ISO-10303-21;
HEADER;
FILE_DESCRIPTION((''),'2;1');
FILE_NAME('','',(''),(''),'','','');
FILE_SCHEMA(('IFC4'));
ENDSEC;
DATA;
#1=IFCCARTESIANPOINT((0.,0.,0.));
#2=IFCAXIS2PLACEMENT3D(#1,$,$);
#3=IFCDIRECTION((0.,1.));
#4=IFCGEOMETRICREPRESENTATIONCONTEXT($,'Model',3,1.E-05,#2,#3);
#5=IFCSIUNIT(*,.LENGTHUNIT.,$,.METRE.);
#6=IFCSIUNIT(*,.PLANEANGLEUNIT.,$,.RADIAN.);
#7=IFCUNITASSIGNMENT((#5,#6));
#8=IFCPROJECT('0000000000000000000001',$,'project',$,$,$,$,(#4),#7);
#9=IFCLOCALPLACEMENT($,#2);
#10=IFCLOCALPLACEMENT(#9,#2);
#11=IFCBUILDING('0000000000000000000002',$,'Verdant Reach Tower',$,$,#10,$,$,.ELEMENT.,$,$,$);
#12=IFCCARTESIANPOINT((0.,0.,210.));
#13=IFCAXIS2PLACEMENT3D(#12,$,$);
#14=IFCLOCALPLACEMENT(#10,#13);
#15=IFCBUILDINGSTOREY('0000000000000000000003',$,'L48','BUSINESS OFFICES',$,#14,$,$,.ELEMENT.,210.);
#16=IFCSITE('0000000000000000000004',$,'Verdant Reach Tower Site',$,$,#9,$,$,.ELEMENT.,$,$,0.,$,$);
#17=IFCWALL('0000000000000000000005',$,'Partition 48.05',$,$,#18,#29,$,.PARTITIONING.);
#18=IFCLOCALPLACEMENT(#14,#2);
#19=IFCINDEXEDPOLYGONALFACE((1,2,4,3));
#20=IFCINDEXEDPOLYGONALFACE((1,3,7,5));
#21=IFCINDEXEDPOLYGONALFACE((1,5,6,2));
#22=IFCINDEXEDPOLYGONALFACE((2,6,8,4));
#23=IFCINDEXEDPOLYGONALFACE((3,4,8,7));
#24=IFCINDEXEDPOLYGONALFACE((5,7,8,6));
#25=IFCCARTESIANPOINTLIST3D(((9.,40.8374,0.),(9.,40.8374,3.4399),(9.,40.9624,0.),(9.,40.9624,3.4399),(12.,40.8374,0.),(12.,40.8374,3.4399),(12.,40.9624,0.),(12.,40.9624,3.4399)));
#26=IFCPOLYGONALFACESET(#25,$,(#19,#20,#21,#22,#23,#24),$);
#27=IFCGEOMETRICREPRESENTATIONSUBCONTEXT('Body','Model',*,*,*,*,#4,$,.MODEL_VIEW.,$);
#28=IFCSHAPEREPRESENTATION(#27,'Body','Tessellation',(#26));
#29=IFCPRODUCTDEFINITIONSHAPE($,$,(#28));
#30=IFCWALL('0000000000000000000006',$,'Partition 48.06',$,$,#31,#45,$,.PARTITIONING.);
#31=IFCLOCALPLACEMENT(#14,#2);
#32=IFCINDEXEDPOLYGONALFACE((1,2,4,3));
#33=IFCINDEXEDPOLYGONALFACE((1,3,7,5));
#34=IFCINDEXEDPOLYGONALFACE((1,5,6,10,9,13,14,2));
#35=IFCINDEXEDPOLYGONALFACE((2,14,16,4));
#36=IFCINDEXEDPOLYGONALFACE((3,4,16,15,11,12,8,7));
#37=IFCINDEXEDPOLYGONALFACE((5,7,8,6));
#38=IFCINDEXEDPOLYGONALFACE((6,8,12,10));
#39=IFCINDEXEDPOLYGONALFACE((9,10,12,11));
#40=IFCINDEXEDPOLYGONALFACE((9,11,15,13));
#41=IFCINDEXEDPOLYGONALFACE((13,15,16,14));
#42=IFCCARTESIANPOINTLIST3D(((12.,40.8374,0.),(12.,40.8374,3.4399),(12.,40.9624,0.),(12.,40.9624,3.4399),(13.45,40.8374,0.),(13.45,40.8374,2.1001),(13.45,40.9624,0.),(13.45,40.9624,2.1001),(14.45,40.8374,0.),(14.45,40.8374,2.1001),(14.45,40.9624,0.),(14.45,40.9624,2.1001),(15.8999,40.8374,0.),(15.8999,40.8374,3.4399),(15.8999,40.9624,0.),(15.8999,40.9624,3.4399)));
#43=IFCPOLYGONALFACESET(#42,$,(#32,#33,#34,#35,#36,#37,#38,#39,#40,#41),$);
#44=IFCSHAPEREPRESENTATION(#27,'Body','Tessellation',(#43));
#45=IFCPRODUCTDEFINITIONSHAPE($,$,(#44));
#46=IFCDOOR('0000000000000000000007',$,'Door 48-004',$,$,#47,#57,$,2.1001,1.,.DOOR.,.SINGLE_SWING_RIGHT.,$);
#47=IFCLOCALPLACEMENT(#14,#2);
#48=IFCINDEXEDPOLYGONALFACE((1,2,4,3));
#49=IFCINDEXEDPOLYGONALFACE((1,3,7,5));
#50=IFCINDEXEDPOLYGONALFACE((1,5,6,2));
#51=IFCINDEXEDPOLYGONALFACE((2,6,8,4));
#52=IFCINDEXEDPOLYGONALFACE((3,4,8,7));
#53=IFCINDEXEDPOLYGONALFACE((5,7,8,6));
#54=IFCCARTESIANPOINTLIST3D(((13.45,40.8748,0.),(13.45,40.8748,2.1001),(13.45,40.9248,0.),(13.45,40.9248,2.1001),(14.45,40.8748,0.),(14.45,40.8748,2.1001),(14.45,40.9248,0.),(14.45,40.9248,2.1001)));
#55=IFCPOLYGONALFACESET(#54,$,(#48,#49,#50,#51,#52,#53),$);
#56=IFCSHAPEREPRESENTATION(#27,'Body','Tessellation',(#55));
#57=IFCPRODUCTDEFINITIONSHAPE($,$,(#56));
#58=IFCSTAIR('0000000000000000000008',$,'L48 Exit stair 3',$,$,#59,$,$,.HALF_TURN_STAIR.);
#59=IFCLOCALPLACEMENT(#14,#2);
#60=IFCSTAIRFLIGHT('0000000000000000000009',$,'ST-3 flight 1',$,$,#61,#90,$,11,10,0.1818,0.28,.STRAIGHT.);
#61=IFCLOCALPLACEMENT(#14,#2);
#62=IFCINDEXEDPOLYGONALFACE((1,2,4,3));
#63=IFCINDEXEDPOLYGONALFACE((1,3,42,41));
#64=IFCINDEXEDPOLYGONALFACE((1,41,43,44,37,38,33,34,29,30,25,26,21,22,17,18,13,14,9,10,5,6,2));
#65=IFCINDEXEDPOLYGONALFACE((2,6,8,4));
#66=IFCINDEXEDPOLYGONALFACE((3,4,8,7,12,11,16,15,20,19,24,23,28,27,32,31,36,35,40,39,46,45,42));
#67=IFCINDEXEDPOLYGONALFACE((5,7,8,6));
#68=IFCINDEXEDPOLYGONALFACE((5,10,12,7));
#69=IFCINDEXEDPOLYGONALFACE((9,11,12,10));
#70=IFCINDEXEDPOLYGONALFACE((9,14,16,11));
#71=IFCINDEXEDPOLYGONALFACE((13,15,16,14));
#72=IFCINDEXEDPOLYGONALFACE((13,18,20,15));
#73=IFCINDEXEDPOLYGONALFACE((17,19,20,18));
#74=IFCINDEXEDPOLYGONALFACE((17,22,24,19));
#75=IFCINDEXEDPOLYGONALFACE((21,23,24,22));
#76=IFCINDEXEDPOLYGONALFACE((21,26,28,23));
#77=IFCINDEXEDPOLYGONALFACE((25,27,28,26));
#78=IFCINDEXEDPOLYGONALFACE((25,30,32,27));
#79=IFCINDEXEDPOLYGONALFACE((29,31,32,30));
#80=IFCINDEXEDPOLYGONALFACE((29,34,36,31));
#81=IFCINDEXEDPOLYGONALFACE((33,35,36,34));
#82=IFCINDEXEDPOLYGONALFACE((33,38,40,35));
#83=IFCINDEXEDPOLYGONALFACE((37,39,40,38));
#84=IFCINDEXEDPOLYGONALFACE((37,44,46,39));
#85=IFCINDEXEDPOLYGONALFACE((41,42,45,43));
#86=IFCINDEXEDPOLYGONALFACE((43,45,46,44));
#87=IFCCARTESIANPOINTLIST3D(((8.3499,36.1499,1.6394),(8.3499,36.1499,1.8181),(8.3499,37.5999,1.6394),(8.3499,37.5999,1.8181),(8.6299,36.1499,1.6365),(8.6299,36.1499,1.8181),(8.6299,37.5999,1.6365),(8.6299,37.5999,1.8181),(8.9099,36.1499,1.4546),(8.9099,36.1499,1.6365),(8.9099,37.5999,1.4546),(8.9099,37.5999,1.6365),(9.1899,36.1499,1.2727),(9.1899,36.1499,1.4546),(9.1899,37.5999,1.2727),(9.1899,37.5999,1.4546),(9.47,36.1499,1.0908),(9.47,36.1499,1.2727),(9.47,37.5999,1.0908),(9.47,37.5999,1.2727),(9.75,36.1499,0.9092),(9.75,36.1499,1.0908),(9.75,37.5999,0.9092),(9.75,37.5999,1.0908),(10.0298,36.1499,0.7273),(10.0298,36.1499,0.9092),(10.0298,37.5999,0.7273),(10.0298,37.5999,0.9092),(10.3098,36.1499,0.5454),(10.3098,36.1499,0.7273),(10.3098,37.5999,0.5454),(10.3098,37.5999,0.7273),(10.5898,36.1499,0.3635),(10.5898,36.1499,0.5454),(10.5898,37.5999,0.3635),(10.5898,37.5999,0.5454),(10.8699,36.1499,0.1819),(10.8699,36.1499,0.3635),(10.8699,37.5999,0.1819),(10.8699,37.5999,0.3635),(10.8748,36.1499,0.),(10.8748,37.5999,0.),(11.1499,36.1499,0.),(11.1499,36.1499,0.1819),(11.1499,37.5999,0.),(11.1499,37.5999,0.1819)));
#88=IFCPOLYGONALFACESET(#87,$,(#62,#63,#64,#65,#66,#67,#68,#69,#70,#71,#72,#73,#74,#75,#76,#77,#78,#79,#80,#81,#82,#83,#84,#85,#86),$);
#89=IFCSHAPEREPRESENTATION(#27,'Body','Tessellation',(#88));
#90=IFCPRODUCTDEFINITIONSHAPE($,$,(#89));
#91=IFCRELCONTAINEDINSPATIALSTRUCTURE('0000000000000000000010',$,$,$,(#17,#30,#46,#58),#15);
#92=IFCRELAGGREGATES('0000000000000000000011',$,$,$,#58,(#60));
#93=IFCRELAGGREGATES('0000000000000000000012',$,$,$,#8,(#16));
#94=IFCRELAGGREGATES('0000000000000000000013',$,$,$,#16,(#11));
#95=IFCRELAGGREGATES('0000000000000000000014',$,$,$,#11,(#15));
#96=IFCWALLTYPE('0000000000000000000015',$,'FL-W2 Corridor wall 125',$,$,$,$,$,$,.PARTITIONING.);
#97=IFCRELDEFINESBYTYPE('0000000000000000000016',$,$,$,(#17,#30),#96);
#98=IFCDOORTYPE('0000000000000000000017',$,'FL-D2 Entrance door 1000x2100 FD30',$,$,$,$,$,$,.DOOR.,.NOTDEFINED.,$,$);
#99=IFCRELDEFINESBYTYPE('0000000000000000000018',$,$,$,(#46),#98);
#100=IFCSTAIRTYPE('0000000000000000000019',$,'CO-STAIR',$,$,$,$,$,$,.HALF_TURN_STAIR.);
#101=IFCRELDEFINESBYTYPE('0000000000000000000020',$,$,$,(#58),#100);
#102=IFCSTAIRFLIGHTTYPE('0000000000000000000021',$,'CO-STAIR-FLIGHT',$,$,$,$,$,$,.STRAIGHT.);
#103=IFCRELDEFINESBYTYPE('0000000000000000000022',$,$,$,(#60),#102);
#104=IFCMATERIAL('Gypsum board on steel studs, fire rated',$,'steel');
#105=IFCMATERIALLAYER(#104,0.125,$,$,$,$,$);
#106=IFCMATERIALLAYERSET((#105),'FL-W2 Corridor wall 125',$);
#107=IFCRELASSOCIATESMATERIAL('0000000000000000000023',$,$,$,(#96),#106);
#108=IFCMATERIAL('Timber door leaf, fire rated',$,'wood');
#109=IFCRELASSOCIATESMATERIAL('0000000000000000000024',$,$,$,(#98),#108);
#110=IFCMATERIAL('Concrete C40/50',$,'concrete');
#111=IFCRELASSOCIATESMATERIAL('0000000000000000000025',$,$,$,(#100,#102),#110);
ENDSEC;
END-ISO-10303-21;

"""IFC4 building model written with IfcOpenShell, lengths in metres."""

from ifc_helpers import new_model, si_unit, direction, frame, frame_2d, origin, place, context, subcontext, project, spatial, polyline, rectangle, outline, extrude, material, layer, layer_set, type_object, element, fill, aggregate, save


model = new_model("IFC4")

# Units and contexts
model_context = context("Model", 3, precision=1e-05, world=origin(), true_north=direction((0.0, 1.0)))
body_context = subcontext(model_context, "Body", "Model", "MODEL_VIEW")
ifc_project = project(units=[si_unit("LENGTHUNIT", "METRE"), si_unit("PLANEANGLEUNIT", "RADIAN")], contexts=[model_context])

# Site, building, storey
site_placement = place(None, origin())
site = spatial("IfcSite", under=ifc_project, at=site_placement, Name="Verdant Reach Tower Site", CompositionType="ELEMENT", RefElevation=0.0)
building_placement = place(site_placement, origin())
building = spatial("IfcBuilding", under=site, at=building_placement, Name="Verdant Reach Tower", CompositionType="ELEMENT")
storey_placement = place(building_placement, frame((0.0, 0.0, 210.0)))
storey = spatial("IfcBuildingStorey", under=building, at=storey_placement, Name="L48", Description="BUSINESS OFFICES", CompositionType="ELEMENT", Elevation=210.0)

# Wall
ifc_material_1 = material(Name="Gypsum board on steel studs, fire rated", Category="steel")
ifc_layer_1 = layer(ifc_material_1, 0.125)
ifc_layer_set_1 = layer_set([ifc_layer_1], Name="FL-W2 Corridor wall 125")
wall_type_1 = type_object("IfcWallType", Name="FL-W2 Corridor wall 125", PredefinedType="PARTITIONING", material=ifc_layer_set_1)
wall_1_placement = place(storey_placement, frame((12.0, 40.8999, 0.0), z_axis=(0.0, 0.0, 1.0), x_axis=(-1.0, 0.0, 0.0)))
element("IfcWall", 1, at=wall_1_placement, inside=storey, type_object=wall_type_1, Name="Partition 48.05", PredefinedType="PARTITIONING", context=body_context, shape_type="SweptSolid", body=[
    extrude(rectangle(XDim=3.0, YDim=0.125, at=frame_2d((1.5, 0.0))), origin(), (0.0, 0.0, 1.0), 3.4399),
])

# Wall, opening, door
wall_2_placement = place(storey_placement, frame((12.0, 40.8999, 0.0), z_axis=(0.0, 0.0, 1.0), x_axis=(1.0, 0.0, 0.0)))
wall_2 = element("IfcWall", 2, at=wall_2_placement, inside=storey, type_object=wall_type_1, Name="Partition 48.06", PredefinedType="PARTITIONING", context=body_context, shape_type="SweptSolid", body=[
    extrude(rectangle(XDim=3.8999, YDim=0.125, at=frame_2d((1.95, 0.0))), origin(), (0.0, 0.0, 1.0), 3.4399),
])
opening_1_placement = place(wall_2_placement, frame((1.45, 0.0, 0.0)))
opening_1 = element("IfcOpeningElement", 3, at=opening_1_placement, cuts=wall_2, PredefinedType="OPENING", context=body_context, shape_type="SweptSolid", body=[
    extrude(rectangle(XDim=1.0, YDim=2.1001, at=frame_2d((0.5, 1.05))), frame((0.0, 0.0725, 0.0), z_axis=(0.0, -1.0, 0.0), x_axis=(1.0, 0.0, 0.0)), (0.0, 0.0, 1.0), 0.145),
])
ifc_material_2 = material(Name="Timber door leaf, fire rated", Category="wood")
door_type_1 = type_object("IfcDoorType", Name="FL-D2 Entrance door 1000x2100 FD30", OperationType="NOTDEFINED", PredefinedType="DOOR", material=ifc_material_2)
door_1_placement = place(opening_1_placement, origin())
door_1 = element("IfcDoor", 4, at=door_1_placement, inside=storey, type_object=door_type_1, Name="Door 48-004", OperationType="SINGLE_SWING_RIGHT", OverallHeight=2.1001, OverallWidth=1.0, PredefinedType="DOOR", context=body_context, shape_type="SweptSolid", body=[
    extrude(rectangle(XDim=1.0, YDim=2.1001, at=frame_2d((0.5, 1.05))), frame((0.0, 0.0249, 0.0), z_axis=(0.0, -1.0, 0.0), x_axis=(1.0, 0.0, 0.0)), (0.0, 0.0, 1.0), 0.05),
])
fill(opening_1, door_1)

# Stair, stair flight
ifc_material_3 = material(Name="Concrete C40/50", Category="concrete")
stair_type = type_object("IfcStairType", Name="CO-STAIR", PredefinedType="HALF_TURN_STAIR", material=ifc_material_3)
stair_placement = place(storey_placement, origin())
stair = element("IfcStair", 5, at=stair_placement, inside=storey, type_object=stair_type, Name="L48 Exit stair 3", PredefinedType="HALF_TURN_STAIR")
stair_flight_type = type_object("IfcStairFlightType", Name="CO-STAIR-FLIGHT", PredefinedType="STRAIGHT", material=ifc_material_3)
stair_flight_placement = place(storey_placement, frame((11.1499, 36.875, 0.0), z_axis=(0.0, 0.0, 1.0), x_axis=(-1.0, 0.0, 0.0)))
stair_flight = element("IfcStairFlight", 6, at=stair_flight_placement, type_object=stair_flight_type, Name="ST-3 flight 1", NumberOfRisers=11, NumberOfTreads=10, PredefinedType="STRAIGHT", RiserHeight=0.1818, TreadLength=0.28, context=body_context, shape_type="SweptSolid", body=[
    extrude(outline(polyline([(0.0, 0.0), (0.0, 0.1819), (0.28, 0.1819), (0.28, 0.3635), (0.5601, 0.3635), (0.5601, 0.5454), (0.8401, 0.5454), (0.8401, 0.7273), (1.1201, 0.7273), (1.1201, 0.9092), (1.3999, 0.9092), (1.3999, 1.0908), (1.6799, 1.0908), (1.6799, 1.2727), (1.96, 1.2727), (1.96, 1.4546), (2.24, 1.4546), (2.24, 1.6365), (2.52, 1.6365), (2.52, 1.8181), (2.8, 1.8181), (2.8, 2.0), (2.8, 1.6394), (0.2751, 0.0), (0.0, 0.0)])), frame((0.0, 0.7251, 0.0), z_axis=(0.0, -1.0, 0.0), x_axis=(1.0, 0.0, 0.0)), (0.0, 0.0, 1.0), 1.45),
])
aggregate(stair, [stair_flight])

save(model, "model.ifc")
